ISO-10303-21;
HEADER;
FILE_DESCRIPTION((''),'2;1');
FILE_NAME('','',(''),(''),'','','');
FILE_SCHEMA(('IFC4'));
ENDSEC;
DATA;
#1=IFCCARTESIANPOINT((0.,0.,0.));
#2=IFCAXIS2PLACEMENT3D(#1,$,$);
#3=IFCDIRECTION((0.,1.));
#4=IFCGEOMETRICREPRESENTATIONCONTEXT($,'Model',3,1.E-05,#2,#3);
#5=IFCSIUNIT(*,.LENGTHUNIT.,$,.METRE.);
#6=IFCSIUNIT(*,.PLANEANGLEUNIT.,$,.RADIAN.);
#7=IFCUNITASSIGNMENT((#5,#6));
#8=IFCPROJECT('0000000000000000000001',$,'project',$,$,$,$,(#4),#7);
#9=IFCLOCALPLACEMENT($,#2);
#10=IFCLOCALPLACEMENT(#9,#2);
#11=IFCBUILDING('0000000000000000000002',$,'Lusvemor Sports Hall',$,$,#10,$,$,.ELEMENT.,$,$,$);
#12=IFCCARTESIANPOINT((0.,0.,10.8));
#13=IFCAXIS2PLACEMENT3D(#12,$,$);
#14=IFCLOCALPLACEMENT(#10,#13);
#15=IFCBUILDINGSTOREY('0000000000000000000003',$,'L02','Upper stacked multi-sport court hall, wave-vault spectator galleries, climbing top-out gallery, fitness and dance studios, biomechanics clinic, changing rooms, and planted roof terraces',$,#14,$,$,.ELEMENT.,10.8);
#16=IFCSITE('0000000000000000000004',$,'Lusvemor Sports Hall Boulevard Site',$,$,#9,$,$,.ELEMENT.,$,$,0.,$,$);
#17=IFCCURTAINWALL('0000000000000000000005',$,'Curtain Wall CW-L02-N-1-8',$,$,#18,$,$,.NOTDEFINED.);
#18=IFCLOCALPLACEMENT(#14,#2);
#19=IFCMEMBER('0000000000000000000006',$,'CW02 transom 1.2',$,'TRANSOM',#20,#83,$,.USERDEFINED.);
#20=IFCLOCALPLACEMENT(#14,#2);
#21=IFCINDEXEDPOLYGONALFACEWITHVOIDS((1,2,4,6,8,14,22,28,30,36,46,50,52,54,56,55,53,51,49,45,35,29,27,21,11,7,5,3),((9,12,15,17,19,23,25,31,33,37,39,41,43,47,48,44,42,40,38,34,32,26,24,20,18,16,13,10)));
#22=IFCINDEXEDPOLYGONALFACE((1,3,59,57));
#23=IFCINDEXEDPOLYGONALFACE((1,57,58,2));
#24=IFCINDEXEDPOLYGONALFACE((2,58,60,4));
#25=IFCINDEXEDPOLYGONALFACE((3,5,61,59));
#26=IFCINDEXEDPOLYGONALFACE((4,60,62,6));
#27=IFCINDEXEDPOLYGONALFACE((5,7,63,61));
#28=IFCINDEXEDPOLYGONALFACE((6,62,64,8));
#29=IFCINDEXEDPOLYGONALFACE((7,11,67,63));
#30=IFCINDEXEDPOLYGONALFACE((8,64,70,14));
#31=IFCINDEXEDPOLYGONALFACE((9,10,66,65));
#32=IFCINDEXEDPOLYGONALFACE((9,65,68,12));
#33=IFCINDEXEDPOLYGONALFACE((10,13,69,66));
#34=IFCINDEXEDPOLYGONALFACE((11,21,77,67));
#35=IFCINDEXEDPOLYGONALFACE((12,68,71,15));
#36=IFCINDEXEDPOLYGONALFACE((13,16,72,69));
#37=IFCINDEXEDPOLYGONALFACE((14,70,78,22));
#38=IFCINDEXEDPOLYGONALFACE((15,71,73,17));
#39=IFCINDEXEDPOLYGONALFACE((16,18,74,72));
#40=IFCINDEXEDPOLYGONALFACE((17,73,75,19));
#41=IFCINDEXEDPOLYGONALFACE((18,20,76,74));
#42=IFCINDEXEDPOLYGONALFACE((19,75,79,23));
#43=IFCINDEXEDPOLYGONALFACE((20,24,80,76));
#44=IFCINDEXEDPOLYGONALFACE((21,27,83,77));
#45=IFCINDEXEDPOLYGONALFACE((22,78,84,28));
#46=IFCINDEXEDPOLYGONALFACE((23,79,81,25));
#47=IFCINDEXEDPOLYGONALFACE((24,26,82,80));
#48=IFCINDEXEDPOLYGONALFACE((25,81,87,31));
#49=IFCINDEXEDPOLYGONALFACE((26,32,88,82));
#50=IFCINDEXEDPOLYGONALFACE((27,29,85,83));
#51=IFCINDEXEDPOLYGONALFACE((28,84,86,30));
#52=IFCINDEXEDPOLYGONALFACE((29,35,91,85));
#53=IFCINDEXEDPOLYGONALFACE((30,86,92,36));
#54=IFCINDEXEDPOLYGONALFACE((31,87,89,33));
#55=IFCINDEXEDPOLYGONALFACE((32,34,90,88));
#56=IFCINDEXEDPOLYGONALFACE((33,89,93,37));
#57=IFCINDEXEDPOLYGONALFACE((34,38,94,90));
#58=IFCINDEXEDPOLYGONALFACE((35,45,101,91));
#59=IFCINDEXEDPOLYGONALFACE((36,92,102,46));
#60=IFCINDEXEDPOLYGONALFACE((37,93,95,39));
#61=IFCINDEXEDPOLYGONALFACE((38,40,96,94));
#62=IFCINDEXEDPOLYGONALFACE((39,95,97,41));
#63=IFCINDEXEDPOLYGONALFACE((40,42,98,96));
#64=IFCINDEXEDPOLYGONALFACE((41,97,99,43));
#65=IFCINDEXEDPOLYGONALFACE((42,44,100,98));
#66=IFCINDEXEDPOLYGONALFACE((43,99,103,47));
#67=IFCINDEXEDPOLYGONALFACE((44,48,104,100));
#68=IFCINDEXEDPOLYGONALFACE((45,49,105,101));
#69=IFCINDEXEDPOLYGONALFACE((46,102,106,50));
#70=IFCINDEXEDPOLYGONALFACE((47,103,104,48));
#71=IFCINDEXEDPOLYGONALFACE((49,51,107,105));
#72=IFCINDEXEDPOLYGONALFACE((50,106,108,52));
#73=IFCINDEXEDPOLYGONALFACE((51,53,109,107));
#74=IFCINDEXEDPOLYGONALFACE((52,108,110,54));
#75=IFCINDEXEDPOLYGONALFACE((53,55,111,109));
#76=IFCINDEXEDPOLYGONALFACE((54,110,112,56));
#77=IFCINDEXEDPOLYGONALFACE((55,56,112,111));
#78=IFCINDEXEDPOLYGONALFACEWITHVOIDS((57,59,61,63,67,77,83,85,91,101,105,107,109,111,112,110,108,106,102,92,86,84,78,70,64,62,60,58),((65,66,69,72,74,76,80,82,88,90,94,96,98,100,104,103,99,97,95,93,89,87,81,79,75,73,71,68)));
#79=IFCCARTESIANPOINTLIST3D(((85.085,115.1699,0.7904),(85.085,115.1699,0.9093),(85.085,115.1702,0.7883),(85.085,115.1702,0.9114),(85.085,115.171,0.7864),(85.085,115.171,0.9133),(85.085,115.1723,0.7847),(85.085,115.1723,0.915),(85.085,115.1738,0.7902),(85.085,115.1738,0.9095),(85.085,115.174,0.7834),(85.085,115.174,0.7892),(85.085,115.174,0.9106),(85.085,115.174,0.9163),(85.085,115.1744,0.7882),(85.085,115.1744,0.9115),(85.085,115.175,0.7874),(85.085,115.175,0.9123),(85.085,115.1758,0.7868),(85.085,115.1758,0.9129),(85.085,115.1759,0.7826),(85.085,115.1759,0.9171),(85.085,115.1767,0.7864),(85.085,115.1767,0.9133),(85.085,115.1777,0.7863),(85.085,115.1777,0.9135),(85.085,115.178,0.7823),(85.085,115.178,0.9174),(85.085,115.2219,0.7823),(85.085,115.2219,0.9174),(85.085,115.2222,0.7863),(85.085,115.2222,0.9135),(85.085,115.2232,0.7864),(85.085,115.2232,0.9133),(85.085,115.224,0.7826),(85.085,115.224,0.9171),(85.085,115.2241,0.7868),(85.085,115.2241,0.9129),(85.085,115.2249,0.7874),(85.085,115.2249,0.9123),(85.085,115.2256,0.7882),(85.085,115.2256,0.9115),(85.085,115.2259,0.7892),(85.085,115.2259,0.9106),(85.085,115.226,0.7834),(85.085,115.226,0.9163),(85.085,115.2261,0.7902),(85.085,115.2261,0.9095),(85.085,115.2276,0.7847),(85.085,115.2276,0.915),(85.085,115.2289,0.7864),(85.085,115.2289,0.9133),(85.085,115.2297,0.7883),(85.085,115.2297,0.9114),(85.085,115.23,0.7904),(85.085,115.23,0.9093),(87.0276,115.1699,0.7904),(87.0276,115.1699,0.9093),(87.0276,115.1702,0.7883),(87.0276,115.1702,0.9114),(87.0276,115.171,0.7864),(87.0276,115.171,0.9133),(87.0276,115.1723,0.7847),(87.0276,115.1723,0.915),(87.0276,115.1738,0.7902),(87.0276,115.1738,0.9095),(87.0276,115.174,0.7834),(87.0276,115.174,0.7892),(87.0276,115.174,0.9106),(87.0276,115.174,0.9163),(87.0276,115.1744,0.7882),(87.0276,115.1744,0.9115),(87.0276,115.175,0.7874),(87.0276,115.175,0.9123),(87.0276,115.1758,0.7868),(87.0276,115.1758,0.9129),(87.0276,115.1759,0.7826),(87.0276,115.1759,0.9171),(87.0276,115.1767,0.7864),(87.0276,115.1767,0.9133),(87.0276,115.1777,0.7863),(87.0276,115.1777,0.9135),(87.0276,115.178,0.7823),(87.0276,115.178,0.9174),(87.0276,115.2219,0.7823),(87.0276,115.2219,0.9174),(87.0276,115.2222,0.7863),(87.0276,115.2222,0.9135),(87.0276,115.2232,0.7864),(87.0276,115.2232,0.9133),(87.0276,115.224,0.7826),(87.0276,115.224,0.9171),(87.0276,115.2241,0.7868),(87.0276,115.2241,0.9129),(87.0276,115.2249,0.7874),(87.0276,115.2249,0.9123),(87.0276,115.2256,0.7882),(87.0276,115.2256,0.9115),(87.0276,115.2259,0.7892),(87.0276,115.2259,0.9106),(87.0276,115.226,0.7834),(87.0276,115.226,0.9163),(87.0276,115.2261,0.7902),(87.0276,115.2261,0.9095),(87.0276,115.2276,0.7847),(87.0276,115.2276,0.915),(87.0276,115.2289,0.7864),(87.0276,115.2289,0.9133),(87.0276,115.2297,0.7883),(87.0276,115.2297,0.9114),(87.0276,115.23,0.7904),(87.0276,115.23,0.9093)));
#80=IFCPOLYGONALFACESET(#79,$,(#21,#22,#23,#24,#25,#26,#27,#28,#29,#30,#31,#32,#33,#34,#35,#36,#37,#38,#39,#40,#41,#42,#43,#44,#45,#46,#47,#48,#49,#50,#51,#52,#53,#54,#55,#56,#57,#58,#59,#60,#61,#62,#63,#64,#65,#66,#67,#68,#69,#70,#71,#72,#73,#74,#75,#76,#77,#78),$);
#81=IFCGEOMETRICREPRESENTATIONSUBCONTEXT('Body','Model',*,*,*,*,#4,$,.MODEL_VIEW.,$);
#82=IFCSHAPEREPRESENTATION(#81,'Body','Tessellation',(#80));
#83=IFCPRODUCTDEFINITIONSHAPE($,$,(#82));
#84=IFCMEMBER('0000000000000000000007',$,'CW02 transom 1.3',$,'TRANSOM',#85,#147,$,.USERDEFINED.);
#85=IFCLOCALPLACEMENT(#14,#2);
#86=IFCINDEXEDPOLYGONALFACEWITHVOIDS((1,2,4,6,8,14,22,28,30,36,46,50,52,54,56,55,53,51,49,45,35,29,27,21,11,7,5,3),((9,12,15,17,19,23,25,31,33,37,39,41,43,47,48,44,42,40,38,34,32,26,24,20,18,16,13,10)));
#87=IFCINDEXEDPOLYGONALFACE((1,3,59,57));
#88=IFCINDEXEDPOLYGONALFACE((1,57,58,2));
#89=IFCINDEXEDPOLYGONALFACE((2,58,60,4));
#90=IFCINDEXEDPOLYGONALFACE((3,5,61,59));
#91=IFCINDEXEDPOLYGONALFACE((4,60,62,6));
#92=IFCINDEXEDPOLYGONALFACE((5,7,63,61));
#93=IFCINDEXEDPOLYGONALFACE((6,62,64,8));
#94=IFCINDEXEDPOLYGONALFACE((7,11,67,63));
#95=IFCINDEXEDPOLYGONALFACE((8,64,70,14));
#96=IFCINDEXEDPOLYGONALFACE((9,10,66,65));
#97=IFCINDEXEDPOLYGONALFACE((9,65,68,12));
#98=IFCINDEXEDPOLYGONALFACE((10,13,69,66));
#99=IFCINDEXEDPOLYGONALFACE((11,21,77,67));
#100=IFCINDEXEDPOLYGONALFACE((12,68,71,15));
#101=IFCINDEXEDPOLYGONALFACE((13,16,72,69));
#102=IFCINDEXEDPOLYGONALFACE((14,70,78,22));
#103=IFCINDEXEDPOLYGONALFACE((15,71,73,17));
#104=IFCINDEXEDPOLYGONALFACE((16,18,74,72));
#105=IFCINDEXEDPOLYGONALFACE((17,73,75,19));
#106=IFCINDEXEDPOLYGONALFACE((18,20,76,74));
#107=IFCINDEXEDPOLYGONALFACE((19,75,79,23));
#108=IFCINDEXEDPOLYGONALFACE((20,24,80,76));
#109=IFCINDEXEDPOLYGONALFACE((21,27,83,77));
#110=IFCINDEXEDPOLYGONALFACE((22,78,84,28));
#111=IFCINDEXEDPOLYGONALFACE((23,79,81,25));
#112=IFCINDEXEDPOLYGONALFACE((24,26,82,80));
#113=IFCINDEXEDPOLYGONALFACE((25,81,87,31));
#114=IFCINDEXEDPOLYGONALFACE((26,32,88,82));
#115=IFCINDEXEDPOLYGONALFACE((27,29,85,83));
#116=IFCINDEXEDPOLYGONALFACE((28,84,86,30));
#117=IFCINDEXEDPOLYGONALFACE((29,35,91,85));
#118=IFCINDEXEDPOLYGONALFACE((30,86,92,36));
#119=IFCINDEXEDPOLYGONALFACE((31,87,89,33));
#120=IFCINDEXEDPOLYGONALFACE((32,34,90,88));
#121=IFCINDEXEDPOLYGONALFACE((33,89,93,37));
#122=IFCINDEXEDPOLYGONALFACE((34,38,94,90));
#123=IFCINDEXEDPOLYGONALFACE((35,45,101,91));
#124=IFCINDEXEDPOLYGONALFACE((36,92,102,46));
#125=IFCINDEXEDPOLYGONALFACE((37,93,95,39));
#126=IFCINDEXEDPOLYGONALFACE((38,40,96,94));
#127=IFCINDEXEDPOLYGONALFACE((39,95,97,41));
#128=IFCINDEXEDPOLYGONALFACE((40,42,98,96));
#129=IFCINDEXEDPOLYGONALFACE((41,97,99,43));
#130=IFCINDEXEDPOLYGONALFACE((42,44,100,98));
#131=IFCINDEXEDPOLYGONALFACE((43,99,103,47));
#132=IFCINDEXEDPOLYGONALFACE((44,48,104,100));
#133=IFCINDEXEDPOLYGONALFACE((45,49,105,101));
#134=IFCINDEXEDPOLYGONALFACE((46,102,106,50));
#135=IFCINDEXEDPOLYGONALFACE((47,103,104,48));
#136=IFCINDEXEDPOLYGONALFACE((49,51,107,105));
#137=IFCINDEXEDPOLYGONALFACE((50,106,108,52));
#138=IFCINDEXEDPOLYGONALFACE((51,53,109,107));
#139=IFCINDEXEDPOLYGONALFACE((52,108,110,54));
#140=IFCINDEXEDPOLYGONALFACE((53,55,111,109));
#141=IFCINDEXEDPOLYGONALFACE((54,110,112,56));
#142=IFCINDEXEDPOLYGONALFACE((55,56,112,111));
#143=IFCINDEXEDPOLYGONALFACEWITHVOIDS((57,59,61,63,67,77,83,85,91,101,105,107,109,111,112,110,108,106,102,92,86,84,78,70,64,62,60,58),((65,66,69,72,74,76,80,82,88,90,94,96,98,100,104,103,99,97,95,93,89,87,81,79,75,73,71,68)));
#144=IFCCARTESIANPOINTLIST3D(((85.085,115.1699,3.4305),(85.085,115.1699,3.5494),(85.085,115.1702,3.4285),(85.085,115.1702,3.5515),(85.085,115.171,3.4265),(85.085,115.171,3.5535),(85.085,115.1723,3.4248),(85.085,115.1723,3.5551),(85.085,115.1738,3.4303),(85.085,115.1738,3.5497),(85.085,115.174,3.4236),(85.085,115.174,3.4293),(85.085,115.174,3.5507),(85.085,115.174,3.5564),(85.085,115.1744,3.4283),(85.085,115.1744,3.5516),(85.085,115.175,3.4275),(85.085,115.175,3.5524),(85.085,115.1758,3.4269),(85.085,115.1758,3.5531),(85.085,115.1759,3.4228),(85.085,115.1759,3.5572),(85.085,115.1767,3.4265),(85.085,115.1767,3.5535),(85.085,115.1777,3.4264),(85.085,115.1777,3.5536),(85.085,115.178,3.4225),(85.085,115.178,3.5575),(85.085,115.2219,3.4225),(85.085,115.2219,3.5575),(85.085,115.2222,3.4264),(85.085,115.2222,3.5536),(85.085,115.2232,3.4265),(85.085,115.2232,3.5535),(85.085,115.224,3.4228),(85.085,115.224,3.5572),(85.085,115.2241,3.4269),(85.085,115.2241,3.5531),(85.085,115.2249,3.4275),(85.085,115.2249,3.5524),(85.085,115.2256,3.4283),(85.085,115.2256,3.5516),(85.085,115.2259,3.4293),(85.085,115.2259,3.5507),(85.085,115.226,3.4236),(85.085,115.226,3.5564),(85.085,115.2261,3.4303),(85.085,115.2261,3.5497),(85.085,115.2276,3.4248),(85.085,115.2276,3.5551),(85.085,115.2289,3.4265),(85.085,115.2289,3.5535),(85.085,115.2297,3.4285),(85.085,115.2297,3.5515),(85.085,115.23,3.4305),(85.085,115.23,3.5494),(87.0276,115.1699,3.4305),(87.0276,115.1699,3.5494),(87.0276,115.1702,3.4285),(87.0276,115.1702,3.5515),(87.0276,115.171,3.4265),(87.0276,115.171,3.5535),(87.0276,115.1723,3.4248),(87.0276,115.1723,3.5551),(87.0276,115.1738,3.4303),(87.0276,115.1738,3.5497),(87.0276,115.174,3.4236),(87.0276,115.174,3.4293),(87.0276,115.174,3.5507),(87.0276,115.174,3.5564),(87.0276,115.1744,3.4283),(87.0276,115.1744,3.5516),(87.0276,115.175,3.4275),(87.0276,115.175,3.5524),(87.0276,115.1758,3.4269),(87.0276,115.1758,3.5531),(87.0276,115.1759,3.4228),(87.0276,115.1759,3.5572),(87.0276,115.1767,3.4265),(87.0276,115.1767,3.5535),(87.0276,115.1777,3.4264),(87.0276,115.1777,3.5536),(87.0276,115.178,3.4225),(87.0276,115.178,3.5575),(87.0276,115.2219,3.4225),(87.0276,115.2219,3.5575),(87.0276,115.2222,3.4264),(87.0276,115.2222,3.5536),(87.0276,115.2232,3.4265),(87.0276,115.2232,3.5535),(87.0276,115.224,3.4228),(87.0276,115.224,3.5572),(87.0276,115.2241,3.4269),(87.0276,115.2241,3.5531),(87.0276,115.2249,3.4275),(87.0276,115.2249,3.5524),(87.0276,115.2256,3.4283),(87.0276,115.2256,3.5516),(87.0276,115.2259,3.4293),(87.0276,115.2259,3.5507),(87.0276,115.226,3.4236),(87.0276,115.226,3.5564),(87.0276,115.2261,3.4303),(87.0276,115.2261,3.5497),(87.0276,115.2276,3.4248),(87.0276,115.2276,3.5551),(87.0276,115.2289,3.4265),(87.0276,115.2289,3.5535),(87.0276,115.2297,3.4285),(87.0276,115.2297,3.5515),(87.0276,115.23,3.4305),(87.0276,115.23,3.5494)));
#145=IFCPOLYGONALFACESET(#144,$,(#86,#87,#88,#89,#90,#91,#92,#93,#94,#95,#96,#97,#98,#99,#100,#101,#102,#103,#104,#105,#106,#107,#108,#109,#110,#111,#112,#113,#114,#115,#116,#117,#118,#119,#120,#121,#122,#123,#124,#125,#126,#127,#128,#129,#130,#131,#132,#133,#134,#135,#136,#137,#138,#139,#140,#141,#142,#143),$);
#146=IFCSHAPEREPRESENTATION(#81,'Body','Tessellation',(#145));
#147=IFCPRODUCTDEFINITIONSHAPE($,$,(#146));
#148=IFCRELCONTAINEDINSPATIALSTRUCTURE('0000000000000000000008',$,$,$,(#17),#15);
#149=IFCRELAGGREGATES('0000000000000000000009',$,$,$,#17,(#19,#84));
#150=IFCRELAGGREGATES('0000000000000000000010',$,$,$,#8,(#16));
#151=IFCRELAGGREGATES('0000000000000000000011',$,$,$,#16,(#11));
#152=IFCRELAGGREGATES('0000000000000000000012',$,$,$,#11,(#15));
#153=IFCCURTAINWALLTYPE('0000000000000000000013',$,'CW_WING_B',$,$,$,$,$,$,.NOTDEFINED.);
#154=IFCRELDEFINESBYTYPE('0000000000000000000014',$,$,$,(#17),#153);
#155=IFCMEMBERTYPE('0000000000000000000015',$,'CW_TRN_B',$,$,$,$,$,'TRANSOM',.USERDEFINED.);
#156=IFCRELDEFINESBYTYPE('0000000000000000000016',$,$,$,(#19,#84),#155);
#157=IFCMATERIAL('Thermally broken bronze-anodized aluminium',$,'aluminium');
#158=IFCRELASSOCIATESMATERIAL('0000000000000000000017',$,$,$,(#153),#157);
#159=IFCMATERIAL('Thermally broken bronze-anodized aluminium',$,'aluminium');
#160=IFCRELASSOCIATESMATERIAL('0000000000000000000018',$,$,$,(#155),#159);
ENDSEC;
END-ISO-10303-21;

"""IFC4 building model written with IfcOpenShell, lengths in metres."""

from ifc_helpers import new_model, si_unit, direction, frame, origin, origin_2d, place, context, subcontext, project, spatial, hollow_rectangle, extrude, material, material_profile, profile_set, type_object, element, aggregate, save


model = new_model("IFC4")

# Units and contexts
model_context = context("Model", 3, precision=1e-05, world=origin(), true_north=direction((0.0, 1.0)))
body_context = subcontext(model_context, "Body", "Model", "MODEL_VIEW")
ifc_project = project(units=[si_unit("LENGTHUNIT", "METRE"), si_unit("PLANEANGLEUNIT", "RADIAN")], contexts=[model_context])

# Site, building, storey
site_placement = place(None, origin())
site = spatial("IfcSite", under=ifc_project, at=site_placement, Name="Lusvemor Sports Hall Boulevard Site", CompositionType="ELEMENT", RefElevation=0.0)
building_placement = place(site_placement, origin())
building = spatial("IfcBuilding", under=site, at=building_placement, Name="Lusvemor Sports Hall", CompositionType="ELEMENT")
storey_placement = place(building_placement, frame((0.0, 0.0, 10.8)))
storey = spatial("IfcBuildingStorey", under=building, at=storey_placement, Name="L02", Description="Upper stacked multi-sport court hall, wave-vault spectator galleries, climbing top-out gallery, fitness and dance studios, biomechanics clinic, changing rooms, and planted roof terraces", CompositionType="ELEMENT", Elevation=10.8)

# Curtain wall
ifc_material_1 = material(Name="Thermally broken bronze-anodized aluminium", Category="aluminium")
curtain_wall_type = type_object("IfcCurtainWallType", Name="CW_WING_B", PredefinedType="NOTDEFINED", material=ifc_material_1)
curtain_wall_1_placement = place(storey_placement, origin())
curtain_wall_1 = element("IfcCurtainWall", 1, at=curtain_wall_1_placement, inside=storey, type_object=curtain_wall_type, Name="Curtain Wall CW-L02-N-1-8", PredefinedType="NOTDEFINED")

# Members
ifc_material_2 = material(Name="Thermally broken bronze-anodized aluminium", Category="aluminium")
ifc_material_profile_1 = material_profile(ifc_material_2, hollow_rectangle(XDim=0.0601, YDim=0.135, WallThickness=0.0039, InnerFilletRadius=0.0039, OuterFilletRadius=0.0081, at=origin_2d()), Name="CWTRN135x60x4")
ifc_profile_set_1 = profile_set([ifc_material_profile_1], Name="Thermally broken bronze-anodized aluminium")
member_type_1 = type_object("IfcMemberType", Name="CW_TRN_B", ElementType="TRANSOM", PredefinedType="USERDEFINED", material=ifc_profile_set_1)
member_1_placement = place(storey_placement, frame((85.085, 115.2, 0.8499), z_axis=(1.0, 0.0, 0.0), x_axis=(0.0, 1.0, 0.0)))
member_1 = element("IfcMember", 2, at=member_1_placement, type_object=member_type_1, Name="CW02 transom 1.2", ObjectType="TRANSOM", PredefinedType="USERDEFINED", context=body_context, shape_type="SweptSolid", body=[
    extrude(hollow_rectangle(XDim=0.0601, YDim=0.135, WallThickness=0.0039, InnerFilletRadius=0.0039, OuterFilletRadius=0.0081, at=origin_2d()), origin(), (0.0, 0.0, 1.0), 1.9426),
])
member_2_placement = place(storey_placement, frame((85.085, 115.2, 3.49), z_axis=(1.0, 0.0, 0.0), x_axis=(0.0, 1.0, 0.0)))
member_2 = element("IfcMember", 3, at=member_2_placement, type_object=member_type_1, Name="CW02 transom 1.3", ObjectType="TRANSOM", PredefinedType="USERDEFINED", context=body_context, shape_type="SweptSolid", body=[
    extrude(hollow_rectangle(XDim=0.0601, YDim=0.135, WallThickness=0.0039, InnerFilletRadius=0.0039, OuterFilletRadius=0.0081, at=origin_2d()), origin(), (0.0, 0.0, 1.0), 1.9426),
])

aggregate(curtain_wall_1, [member_1, member_2])

save(model, "model.ifc")
